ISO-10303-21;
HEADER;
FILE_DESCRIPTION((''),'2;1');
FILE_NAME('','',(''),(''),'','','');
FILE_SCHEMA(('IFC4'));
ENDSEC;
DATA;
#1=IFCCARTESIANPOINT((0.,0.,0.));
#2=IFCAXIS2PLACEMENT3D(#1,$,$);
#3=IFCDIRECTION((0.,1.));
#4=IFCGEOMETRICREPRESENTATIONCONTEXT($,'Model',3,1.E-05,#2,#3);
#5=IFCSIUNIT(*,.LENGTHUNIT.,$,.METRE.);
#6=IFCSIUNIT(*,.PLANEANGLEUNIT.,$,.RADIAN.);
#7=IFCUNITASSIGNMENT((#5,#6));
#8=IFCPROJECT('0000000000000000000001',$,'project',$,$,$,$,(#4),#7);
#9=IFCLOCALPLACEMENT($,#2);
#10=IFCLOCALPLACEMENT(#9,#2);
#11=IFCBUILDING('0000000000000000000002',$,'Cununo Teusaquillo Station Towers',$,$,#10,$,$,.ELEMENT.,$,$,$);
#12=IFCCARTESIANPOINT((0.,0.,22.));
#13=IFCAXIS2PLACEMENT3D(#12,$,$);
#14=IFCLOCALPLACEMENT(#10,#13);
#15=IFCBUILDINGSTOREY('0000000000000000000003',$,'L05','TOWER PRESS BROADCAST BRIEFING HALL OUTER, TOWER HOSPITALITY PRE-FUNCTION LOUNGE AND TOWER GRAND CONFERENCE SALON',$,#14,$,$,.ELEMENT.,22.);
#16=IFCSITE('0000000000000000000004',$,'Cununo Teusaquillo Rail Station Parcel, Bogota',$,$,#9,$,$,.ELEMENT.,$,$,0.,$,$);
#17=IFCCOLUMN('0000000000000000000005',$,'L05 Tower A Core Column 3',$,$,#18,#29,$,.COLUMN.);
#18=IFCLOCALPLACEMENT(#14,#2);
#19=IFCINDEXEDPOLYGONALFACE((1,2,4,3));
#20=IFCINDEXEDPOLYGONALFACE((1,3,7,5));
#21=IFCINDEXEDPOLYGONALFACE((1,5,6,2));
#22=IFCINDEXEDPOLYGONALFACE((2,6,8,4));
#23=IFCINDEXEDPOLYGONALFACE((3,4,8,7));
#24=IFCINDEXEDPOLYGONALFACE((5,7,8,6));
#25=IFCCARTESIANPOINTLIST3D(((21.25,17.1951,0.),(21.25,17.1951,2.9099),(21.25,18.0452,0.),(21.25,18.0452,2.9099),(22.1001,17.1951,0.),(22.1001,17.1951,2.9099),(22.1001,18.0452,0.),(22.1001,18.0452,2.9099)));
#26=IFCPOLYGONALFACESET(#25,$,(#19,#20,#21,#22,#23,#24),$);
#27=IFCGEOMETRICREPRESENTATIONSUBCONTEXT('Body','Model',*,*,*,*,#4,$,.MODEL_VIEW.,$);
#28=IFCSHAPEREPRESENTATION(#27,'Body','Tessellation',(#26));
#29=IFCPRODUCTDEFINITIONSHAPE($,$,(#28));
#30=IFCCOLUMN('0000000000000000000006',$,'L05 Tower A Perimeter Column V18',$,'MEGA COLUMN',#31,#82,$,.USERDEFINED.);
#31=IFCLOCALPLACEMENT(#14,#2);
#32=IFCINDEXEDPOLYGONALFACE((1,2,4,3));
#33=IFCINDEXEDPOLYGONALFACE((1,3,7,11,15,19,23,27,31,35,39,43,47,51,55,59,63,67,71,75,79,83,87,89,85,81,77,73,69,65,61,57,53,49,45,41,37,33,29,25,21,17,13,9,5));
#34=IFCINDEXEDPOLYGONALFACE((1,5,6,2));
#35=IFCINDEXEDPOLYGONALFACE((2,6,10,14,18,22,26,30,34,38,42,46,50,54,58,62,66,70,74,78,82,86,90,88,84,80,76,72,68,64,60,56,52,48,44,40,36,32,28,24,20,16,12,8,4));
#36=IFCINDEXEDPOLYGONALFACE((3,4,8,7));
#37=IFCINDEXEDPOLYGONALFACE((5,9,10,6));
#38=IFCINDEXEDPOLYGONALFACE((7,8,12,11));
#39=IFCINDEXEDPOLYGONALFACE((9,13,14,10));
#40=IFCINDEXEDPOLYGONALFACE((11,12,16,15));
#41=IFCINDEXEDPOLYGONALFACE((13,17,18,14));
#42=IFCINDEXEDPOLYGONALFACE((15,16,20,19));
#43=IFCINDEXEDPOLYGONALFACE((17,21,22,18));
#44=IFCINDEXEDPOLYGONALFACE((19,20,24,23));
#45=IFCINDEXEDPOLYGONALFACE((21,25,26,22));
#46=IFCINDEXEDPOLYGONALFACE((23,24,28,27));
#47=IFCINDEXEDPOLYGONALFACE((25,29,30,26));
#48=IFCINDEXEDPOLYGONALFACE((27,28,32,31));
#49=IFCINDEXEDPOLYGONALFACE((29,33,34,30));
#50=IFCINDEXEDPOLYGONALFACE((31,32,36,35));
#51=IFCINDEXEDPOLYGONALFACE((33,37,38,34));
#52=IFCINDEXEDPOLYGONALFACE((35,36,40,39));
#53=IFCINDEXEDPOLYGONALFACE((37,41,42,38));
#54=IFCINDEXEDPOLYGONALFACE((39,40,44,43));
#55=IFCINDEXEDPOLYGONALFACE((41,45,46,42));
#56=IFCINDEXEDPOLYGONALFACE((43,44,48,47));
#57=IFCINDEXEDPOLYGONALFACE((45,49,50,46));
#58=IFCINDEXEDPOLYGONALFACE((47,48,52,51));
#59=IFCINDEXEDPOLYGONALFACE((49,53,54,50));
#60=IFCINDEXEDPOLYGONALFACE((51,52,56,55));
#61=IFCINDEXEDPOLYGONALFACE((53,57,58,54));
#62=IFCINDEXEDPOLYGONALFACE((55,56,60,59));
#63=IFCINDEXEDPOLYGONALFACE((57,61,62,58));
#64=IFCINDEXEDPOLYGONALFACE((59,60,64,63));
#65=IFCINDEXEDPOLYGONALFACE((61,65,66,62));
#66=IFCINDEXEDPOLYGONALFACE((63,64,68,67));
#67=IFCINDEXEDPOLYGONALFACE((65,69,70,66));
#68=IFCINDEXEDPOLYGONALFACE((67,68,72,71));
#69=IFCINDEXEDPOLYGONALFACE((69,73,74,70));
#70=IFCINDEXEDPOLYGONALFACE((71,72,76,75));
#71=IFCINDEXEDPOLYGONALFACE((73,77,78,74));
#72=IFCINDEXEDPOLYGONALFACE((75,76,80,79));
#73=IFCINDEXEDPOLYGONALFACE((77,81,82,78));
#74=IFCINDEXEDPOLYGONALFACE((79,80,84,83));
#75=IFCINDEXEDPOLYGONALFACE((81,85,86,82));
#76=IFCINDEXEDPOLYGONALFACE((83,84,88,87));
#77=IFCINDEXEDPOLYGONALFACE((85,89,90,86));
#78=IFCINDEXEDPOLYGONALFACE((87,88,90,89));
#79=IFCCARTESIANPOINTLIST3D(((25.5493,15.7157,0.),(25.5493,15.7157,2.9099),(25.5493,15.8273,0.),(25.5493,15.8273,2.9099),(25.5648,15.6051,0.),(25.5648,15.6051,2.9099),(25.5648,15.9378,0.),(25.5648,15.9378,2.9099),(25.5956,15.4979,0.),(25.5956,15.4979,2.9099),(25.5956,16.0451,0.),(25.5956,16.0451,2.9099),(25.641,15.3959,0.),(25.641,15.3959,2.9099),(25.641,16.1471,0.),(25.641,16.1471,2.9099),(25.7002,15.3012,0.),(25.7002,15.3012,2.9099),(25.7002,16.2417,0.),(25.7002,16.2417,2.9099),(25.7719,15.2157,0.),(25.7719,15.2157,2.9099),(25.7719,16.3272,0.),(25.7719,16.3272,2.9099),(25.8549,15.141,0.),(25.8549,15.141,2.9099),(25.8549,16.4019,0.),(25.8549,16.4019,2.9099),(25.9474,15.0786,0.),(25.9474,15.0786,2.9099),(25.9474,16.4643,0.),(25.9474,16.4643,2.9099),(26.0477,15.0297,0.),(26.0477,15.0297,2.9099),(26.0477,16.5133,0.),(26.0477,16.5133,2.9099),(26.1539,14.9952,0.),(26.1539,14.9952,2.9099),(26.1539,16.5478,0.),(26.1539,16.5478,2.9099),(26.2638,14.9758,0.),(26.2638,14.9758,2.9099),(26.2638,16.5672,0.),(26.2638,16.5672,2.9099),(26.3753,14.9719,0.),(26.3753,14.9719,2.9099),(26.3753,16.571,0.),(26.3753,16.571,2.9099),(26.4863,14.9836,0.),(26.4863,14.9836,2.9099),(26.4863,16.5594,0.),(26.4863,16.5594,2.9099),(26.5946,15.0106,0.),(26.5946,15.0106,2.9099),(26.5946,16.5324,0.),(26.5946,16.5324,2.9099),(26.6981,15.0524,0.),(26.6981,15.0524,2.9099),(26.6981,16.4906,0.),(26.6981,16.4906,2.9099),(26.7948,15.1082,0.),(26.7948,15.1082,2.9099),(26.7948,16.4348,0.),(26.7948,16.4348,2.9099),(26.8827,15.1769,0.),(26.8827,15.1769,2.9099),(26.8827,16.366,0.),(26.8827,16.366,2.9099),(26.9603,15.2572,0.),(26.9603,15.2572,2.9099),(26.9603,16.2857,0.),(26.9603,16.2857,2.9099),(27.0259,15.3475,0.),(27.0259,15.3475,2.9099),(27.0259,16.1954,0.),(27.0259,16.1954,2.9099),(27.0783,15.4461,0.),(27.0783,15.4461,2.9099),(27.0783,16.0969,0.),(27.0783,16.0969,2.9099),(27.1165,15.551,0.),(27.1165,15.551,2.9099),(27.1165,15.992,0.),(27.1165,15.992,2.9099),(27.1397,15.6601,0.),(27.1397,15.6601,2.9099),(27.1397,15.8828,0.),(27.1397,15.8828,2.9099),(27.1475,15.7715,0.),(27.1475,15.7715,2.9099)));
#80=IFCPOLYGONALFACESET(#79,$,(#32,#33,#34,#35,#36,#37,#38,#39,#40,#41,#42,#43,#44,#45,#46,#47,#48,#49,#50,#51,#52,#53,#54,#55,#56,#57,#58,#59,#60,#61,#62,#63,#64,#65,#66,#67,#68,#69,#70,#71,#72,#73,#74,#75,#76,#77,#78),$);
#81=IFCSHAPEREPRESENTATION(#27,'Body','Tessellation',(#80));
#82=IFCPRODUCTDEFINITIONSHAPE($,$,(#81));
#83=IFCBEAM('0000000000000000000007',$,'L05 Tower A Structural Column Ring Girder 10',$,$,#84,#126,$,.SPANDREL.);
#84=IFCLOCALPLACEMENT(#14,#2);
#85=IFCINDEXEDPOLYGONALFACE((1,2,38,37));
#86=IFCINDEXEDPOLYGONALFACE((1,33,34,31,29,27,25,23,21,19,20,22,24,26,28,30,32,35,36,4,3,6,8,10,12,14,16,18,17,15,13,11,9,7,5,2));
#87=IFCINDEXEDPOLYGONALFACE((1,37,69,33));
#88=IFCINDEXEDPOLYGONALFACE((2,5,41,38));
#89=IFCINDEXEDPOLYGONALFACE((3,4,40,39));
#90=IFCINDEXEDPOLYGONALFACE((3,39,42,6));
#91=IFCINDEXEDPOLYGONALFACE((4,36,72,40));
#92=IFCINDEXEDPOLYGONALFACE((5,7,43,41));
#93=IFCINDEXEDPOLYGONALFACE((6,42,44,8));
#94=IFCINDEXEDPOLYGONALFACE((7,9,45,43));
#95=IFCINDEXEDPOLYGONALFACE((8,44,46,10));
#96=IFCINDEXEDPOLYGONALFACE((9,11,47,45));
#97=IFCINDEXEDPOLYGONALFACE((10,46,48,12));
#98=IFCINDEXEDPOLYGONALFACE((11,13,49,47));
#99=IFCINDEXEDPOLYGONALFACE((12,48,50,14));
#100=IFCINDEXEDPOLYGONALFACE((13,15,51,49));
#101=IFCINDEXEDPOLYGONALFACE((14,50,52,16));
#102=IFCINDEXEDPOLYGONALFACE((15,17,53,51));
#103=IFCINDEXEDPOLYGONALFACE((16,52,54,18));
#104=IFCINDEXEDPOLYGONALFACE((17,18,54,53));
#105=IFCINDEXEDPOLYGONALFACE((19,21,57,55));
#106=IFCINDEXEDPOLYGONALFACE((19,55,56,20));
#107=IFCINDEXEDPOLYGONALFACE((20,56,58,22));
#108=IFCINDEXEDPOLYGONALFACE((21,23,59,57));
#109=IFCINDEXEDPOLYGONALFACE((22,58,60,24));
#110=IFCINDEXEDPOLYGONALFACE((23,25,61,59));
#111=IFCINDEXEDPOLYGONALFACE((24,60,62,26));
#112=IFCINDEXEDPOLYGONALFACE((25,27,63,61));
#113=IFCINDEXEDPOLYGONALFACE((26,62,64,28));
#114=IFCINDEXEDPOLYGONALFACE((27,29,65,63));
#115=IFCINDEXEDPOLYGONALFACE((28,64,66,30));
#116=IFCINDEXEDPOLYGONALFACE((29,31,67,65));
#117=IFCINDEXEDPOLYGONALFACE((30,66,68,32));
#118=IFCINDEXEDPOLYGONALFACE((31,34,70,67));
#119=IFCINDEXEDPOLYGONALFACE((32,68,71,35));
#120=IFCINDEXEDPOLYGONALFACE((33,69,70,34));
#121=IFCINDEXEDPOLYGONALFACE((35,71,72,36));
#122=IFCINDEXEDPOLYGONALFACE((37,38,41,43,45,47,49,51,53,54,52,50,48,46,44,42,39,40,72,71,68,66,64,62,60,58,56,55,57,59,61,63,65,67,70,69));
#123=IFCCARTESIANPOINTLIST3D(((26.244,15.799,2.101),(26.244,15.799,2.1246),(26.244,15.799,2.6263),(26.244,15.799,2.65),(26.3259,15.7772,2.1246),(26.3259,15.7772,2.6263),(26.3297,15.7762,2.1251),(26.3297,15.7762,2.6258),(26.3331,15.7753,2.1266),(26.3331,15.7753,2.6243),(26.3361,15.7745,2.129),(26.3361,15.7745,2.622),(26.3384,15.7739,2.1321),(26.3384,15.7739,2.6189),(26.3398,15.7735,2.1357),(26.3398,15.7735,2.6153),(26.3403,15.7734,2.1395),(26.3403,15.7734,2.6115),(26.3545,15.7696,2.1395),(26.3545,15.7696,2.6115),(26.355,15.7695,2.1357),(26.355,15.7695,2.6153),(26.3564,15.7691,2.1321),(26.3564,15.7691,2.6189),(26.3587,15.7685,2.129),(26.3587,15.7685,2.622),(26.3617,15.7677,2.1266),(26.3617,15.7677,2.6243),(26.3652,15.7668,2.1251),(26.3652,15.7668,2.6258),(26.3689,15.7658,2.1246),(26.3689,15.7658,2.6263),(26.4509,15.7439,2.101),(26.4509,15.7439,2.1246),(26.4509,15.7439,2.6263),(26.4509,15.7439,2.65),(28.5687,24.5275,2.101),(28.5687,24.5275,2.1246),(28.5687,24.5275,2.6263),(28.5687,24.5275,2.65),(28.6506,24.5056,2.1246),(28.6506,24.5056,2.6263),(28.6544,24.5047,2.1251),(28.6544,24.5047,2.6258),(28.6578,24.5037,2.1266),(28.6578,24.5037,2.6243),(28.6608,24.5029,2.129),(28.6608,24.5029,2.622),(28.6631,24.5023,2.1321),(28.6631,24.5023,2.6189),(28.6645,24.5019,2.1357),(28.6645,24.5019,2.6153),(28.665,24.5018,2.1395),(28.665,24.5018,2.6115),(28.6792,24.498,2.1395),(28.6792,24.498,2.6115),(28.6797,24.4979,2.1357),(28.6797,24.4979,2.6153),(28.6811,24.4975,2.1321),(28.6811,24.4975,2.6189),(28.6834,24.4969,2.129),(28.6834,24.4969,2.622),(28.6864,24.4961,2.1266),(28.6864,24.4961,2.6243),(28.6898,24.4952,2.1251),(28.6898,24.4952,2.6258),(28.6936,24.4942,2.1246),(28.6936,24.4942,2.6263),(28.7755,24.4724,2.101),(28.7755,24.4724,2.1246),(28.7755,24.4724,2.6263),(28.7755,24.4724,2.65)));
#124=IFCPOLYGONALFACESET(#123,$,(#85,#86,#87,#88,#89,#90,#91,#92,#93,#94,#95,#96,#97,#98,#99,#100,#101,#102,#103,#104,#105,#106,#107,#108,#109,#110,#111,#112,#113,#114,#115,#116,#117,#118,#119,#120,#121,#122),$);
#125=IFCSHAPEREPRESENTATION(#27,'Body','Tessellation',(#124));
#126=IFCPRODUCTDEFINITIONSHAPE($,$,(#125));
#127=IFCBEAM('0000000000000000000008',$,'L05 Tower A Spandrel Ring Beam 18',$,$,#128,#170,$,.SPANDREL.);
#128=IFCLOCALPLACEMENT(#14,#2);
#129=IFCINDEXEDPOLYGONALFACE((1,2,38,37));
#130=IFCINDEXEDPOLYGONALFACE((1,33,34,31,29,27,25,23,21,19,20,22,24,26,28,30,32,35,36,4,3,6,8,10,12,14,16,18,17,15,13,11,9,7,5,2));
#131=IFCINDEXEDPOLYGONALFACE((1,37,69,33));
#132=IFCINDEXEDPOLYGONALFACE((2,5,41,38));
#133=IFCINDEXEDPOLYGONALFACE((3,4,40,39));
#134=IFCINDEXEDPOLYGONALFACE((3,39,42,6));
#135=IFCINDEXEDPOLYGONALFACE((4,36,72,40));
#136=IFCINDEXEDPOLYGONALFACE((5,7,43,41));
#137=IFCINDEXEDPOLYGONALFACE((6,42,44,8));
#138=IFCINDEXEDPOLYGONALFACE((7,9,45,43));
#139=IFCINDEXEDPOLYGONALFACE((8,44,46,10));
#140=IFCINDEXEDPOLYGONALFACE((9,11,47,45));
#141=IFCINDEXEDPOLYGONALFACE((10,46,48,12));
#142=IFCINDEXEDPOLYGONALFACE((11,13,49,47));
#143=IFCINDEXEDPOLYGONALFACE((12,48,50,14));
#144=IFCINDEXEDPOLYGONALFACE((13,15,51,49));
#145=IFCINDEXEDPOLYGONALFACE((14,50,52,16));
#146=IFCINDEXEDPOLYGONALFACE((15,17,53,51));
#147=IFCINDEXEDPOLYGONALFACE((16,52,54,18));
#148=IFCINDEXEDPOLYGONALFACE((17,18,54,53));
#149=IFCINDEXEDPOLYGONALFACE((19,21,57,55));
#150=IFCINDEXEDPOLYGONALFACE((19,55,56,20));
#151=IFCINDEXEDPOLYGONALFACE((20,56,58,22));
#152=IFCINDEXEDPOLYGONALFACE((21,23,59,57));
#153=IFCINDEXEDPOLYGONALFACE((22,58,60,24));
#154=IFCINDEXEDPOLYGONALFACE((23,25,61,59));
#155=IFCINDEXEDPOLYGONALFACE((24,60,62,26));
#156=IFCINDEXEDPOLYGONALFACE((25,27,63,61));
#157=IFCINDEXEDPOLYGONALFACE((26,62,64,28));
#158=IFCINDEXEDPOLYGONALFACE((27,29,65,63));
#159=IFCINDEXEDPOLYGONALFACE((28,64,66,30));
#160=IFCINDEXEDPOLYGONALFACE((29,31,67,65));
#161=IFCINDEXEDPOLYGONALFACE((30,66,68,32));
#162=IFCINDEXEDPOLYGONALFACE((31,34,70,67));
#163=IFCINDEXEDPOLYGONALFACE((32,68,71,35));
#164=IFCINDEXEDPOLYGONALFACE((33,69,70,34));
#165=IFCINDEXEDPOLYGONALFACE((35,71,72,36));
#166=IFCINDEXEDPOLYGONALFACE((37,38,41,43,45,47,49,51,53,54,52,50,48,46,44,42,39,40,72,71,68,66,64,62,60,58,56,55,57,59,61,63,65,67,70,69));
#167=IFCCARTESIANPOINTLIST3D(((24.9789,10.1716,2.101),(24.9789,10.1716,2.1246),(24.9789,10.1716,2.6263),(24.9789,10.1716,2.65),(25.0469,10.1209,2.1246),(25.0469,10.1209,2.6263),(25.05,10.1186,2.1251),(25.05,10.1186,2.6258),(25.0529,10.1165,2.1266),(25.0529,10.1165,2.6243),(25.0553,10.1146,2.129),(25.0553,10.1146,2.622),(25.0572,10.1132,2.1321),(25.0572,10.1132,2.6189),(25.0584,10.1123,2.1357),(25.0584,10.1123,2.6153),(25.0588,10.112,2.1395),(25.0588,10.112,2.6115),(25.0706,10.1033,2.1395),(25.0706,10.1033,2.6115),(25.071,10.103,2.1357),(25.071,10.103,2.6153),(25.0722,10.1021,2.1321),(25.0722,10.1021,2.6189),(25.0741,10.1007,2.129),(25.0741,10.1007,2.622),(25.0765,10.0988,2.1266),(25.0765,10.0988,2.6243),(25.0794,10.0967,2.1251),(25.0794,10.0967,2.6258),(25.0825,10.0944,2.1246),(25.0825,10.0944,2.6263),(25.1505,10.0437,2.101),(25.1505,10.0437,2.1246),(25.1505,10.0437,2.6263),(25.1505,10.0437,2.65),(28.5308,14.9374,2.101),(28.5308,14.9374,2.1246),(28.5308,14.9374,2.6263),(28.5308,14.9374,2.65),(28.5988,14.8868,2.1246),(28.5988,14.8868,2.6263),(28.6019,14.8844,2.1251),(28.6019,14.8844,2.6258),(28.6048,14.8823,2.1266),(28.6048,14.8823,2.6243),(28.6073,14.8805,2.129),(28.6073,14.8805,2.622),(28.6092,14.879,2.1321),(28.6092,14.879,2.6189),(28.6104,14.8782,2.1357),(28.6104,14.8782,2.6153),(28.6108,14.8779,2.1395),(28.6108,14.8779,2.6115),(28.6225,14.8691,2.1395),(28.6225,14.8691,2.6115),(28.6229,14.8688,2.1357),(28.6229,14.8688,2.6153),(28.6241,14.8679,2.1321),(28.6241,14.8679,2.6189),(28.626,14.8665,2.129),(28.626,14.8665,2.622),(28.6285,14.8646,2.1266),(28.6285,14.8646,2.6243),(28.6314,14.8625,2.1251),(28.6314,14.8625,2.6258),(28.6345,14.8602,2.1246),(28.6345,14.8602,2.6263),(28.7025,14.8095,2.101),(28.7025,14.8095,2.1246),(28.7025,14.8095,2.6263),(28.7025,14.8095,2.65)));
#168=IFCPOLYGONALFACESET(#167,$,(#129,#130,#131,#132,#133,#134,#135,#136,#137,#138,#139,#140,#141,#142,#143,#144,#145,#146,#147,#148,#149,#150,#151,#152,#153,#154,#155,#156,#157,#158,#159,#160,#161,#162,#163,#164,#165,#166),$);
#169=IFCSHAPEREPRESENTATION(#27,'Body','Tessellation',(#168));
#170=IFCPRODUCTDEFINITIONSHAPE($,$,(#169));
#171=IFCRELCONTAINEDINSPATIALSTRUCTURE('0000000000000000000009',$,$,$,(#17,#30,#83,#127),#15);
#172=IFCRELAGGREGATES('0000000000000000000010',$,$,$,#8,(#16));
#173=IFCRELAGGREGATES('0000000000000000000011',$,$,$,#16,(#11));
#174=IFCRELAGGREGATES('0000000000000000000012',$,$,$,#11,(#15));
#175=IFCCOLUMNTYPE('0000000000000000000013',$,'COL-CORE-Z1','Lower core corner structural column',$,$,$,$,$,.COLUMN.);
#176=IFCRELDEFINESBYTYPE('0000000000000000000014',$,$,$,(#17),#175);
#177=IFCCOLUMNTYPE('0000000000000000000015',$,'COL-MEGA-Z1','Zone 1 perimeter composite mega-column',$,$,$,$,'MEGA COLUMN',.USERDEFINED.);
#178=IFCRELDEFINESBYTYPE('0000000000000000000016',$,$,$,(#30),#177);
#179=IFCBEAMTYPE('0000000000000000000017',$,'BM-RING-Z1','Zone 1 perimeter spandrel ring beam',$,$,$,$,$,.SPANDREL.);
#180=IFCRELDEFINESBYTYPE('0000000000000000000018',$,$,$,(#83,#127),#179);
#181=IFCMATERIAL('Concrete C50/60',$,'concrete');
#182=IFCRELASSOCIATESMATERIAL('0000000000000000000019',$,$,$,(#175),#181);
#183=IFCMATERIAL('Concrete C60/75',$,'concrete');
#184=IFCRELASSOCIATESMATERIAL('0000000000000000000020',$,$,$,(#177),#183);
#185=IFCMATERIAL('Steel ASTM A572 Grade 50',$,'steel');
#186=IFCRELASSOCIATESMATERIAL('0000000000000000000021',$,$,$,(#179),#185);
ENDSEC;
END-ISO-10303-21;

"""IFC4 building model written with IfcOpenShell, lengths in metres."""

from ifc_helpers import new_model, si_unit, direction, frame, origin, origin_2d, place, context, subcontext, project, spatial, rectangle, circle, i_section, extrude, material, material_profile, profile_set, type_object, element, save


model = new_model("IFC4")

# Units and contexts
model_context = context("Model", 3, precision=1e-05, world=origin(), true_north=direction((0.0, 1.0)))
body_context = subcontext(model_context, "Body", "Model", "MODEL_VIEW")
ifc_project = project(units=[si_unit("LENGTHUNIT", "METRE"), si_unit("PLANEANGLEUNIT", "RADIAN")], contexts=[model_context])

# Site, building, storey
site_placement = place(None, origin())
site = spatial("IfcSite", under=ifc_project, at=site_placement, Name="Cununo Teusaquillo Rail Station Parcel, Bogota", CompositionType="ELEMENT", RefElevation=0.0)
building_placement = place(site_placement, origin())
building = spatial("IfcBuilding", under=site, at=building_placement, Name="Cununo Teusaquillo Station Towers", CompositionType="ELEMENT")
storey_placement = place(building_placement, frame((0.0, 0.0, 22.0)))
storey = spatial("IfcBuildingStorey", under=building, at=storey_placement, Name="L05", Description="TOWER PRESS BROADCAST BRIEFING HALL OUTER, TOWER HOSPITALITY PRE-FUNCTION LOUNGE AND TOWER GRAND CONFERENCE SALON", CompositionType="ELEMENT", Elevation=22.0)

# Columns
ifc_material_1 = material(Name="Concrete C50/60", Category="concrete")
ifc_material_profile_1 = material_profile(ifc_material_1, rectangle(XDim=0.8501, YDim=0.8501, at=origin_2d()), Name="RC-RECT-850x850")
ifc_profile_set_1 = profile_set([ifc_material_profile_1], Name="Concrete C50/60")
column_type_1 = type_object("IfcColumnType", Name="COL-CORE-Z1", Description="Lower core corner structural column", PredefinedType="COLUMN", material=ifc_profile_set_1)
column_1_placement = place(storey_placement, frame((21.675, 17.6201, 0.0), z_axis=(0.0, 0.0, 1.0), x_axis=(1.0, 0.0, 0.0)))
element("IfcColumn", 1, at=column_1_placement, inside=storey, type_object=column_type_1, Name="L05 Tower A Core Column 3", PredefinedType="COLUMN", context=body_context, shape_type="SweptSolid", body=[
    extrude(rectangle(XDim=0.8501, YDim=0.8501, at=origin_2d()), origin(), (0.0, 0.0, 1.0), 2.9099),
])
ifc_material_2 = material(Name="Concrete C60/75", Category="concrete")
ifc_material_profile_2 = material_profile(ifc_material_2, circle(Radius=0.8, at=origin_2d()), Name="RC-CIRC-1600")
ifc_profile_set_2 = profile_set([ifc_material_profile_2], Name="Concrete C60/75")
column_type_2 = type_object("IfcColumnType", Name="COL-MEGA-Z1", Description="Zone 1 perimeter composite mega-column", ElementType="MEGA COLUMN", PredefinedType="USERDEFINED", material=ifc_profile_set_2)
column_2_placement = place(storey_placement, frame((26.3474, 15.7715, 0.0), z_axis=(0.0, 0.0, 1.0), x_axis=(1.0, 0.0, 0.0)))
element("IfcColumn", 2, at=column_2_placement, inside=storey, type_object=column_type_2, Name="L05 Tower A Perimeter Column V18", ObjectType="MEGA COLUMN", PredefinedType="USERDEFINED", context=body_context, shape_type="SweptSolid", body=[
    extrude(circle(Radius=0.8, at=origin_2d()), origin(), (0.0, 0.0, 1.0), 2.9099),
])

# Beams
ifc_material_3 = material(Name="Steel ASTM A572 Grade 50", Category="steel")
ifc_material_profile_3 = material_profile(ifc_material_3, i_section(OverallWidth=0.2141, OverallDepth=0.5491, WebThickness=0.0146, FlangeThickness=0.0237, FilletRadius=0.0149, at=origin_2d()), Name="W21X93")
ifc_profile_set_3 = profile_set([ifc_material_profile_3], Name="Steel ASTM A572 Grade 50")
beam_type = type_object("IfcBeamType", Name="BM-RING-Z1", Description="Zone 1 perimeter spandrel ring beam", PredefinedType="SPANDREL", material=ifc_profile_set_3)
beam_1_placement = place(storey_placement, frame((26.3474, 15.7715, 2.3755), z_axis=(0.257363, 0.966315, 0.0), x_axis=(-0.966315, 0.257363, 0.0)))
element("IfcBeam", 3, at=beam_1_placement, inside=storey, type_object=beam_type, Name="L05 Tower A Structural Column Ring Girder 10", PredefinedType="SPANDREL", context=body_context, shape_type="SweptSolid", body=[
    extrude(i_section(OverallWidth=0.2141, OverallDepth=0.5491, WebThickness=0.0146, FlangeThickness=0.0237, FilletRadius=0.0149, at=origin_2d()), origin(), (0.0, 0.0, 1.0), 9.0327),
])
beam_2_placement = place(storey_placement, frame((25.0647, 10.1077, 2.3755), z_axis=(0.597585, 0.801805, 0.0), x_axis=(-0.801805, 0.597585, 0.0)))
element("IfcBeam", 4, at=beam_2_placement, inside=storey, type_object=beam_type, Name="L05 Tower A Spandrel Ring Beam 18", PredefinedType="SPANDREL", context=body_context, shape_type="SweptSolid", body=[
    extrude(i_section(OverallWidth=0.2141, OverallDepth=0.5491, WebThickness=0.0146, FlangeThickness=0.0237, FilletRadius=0.0149, at=origin_2d()), origin(), (0.0, 0.0, 1.0), 5.9438),
])

save(model, "model.ifc")
